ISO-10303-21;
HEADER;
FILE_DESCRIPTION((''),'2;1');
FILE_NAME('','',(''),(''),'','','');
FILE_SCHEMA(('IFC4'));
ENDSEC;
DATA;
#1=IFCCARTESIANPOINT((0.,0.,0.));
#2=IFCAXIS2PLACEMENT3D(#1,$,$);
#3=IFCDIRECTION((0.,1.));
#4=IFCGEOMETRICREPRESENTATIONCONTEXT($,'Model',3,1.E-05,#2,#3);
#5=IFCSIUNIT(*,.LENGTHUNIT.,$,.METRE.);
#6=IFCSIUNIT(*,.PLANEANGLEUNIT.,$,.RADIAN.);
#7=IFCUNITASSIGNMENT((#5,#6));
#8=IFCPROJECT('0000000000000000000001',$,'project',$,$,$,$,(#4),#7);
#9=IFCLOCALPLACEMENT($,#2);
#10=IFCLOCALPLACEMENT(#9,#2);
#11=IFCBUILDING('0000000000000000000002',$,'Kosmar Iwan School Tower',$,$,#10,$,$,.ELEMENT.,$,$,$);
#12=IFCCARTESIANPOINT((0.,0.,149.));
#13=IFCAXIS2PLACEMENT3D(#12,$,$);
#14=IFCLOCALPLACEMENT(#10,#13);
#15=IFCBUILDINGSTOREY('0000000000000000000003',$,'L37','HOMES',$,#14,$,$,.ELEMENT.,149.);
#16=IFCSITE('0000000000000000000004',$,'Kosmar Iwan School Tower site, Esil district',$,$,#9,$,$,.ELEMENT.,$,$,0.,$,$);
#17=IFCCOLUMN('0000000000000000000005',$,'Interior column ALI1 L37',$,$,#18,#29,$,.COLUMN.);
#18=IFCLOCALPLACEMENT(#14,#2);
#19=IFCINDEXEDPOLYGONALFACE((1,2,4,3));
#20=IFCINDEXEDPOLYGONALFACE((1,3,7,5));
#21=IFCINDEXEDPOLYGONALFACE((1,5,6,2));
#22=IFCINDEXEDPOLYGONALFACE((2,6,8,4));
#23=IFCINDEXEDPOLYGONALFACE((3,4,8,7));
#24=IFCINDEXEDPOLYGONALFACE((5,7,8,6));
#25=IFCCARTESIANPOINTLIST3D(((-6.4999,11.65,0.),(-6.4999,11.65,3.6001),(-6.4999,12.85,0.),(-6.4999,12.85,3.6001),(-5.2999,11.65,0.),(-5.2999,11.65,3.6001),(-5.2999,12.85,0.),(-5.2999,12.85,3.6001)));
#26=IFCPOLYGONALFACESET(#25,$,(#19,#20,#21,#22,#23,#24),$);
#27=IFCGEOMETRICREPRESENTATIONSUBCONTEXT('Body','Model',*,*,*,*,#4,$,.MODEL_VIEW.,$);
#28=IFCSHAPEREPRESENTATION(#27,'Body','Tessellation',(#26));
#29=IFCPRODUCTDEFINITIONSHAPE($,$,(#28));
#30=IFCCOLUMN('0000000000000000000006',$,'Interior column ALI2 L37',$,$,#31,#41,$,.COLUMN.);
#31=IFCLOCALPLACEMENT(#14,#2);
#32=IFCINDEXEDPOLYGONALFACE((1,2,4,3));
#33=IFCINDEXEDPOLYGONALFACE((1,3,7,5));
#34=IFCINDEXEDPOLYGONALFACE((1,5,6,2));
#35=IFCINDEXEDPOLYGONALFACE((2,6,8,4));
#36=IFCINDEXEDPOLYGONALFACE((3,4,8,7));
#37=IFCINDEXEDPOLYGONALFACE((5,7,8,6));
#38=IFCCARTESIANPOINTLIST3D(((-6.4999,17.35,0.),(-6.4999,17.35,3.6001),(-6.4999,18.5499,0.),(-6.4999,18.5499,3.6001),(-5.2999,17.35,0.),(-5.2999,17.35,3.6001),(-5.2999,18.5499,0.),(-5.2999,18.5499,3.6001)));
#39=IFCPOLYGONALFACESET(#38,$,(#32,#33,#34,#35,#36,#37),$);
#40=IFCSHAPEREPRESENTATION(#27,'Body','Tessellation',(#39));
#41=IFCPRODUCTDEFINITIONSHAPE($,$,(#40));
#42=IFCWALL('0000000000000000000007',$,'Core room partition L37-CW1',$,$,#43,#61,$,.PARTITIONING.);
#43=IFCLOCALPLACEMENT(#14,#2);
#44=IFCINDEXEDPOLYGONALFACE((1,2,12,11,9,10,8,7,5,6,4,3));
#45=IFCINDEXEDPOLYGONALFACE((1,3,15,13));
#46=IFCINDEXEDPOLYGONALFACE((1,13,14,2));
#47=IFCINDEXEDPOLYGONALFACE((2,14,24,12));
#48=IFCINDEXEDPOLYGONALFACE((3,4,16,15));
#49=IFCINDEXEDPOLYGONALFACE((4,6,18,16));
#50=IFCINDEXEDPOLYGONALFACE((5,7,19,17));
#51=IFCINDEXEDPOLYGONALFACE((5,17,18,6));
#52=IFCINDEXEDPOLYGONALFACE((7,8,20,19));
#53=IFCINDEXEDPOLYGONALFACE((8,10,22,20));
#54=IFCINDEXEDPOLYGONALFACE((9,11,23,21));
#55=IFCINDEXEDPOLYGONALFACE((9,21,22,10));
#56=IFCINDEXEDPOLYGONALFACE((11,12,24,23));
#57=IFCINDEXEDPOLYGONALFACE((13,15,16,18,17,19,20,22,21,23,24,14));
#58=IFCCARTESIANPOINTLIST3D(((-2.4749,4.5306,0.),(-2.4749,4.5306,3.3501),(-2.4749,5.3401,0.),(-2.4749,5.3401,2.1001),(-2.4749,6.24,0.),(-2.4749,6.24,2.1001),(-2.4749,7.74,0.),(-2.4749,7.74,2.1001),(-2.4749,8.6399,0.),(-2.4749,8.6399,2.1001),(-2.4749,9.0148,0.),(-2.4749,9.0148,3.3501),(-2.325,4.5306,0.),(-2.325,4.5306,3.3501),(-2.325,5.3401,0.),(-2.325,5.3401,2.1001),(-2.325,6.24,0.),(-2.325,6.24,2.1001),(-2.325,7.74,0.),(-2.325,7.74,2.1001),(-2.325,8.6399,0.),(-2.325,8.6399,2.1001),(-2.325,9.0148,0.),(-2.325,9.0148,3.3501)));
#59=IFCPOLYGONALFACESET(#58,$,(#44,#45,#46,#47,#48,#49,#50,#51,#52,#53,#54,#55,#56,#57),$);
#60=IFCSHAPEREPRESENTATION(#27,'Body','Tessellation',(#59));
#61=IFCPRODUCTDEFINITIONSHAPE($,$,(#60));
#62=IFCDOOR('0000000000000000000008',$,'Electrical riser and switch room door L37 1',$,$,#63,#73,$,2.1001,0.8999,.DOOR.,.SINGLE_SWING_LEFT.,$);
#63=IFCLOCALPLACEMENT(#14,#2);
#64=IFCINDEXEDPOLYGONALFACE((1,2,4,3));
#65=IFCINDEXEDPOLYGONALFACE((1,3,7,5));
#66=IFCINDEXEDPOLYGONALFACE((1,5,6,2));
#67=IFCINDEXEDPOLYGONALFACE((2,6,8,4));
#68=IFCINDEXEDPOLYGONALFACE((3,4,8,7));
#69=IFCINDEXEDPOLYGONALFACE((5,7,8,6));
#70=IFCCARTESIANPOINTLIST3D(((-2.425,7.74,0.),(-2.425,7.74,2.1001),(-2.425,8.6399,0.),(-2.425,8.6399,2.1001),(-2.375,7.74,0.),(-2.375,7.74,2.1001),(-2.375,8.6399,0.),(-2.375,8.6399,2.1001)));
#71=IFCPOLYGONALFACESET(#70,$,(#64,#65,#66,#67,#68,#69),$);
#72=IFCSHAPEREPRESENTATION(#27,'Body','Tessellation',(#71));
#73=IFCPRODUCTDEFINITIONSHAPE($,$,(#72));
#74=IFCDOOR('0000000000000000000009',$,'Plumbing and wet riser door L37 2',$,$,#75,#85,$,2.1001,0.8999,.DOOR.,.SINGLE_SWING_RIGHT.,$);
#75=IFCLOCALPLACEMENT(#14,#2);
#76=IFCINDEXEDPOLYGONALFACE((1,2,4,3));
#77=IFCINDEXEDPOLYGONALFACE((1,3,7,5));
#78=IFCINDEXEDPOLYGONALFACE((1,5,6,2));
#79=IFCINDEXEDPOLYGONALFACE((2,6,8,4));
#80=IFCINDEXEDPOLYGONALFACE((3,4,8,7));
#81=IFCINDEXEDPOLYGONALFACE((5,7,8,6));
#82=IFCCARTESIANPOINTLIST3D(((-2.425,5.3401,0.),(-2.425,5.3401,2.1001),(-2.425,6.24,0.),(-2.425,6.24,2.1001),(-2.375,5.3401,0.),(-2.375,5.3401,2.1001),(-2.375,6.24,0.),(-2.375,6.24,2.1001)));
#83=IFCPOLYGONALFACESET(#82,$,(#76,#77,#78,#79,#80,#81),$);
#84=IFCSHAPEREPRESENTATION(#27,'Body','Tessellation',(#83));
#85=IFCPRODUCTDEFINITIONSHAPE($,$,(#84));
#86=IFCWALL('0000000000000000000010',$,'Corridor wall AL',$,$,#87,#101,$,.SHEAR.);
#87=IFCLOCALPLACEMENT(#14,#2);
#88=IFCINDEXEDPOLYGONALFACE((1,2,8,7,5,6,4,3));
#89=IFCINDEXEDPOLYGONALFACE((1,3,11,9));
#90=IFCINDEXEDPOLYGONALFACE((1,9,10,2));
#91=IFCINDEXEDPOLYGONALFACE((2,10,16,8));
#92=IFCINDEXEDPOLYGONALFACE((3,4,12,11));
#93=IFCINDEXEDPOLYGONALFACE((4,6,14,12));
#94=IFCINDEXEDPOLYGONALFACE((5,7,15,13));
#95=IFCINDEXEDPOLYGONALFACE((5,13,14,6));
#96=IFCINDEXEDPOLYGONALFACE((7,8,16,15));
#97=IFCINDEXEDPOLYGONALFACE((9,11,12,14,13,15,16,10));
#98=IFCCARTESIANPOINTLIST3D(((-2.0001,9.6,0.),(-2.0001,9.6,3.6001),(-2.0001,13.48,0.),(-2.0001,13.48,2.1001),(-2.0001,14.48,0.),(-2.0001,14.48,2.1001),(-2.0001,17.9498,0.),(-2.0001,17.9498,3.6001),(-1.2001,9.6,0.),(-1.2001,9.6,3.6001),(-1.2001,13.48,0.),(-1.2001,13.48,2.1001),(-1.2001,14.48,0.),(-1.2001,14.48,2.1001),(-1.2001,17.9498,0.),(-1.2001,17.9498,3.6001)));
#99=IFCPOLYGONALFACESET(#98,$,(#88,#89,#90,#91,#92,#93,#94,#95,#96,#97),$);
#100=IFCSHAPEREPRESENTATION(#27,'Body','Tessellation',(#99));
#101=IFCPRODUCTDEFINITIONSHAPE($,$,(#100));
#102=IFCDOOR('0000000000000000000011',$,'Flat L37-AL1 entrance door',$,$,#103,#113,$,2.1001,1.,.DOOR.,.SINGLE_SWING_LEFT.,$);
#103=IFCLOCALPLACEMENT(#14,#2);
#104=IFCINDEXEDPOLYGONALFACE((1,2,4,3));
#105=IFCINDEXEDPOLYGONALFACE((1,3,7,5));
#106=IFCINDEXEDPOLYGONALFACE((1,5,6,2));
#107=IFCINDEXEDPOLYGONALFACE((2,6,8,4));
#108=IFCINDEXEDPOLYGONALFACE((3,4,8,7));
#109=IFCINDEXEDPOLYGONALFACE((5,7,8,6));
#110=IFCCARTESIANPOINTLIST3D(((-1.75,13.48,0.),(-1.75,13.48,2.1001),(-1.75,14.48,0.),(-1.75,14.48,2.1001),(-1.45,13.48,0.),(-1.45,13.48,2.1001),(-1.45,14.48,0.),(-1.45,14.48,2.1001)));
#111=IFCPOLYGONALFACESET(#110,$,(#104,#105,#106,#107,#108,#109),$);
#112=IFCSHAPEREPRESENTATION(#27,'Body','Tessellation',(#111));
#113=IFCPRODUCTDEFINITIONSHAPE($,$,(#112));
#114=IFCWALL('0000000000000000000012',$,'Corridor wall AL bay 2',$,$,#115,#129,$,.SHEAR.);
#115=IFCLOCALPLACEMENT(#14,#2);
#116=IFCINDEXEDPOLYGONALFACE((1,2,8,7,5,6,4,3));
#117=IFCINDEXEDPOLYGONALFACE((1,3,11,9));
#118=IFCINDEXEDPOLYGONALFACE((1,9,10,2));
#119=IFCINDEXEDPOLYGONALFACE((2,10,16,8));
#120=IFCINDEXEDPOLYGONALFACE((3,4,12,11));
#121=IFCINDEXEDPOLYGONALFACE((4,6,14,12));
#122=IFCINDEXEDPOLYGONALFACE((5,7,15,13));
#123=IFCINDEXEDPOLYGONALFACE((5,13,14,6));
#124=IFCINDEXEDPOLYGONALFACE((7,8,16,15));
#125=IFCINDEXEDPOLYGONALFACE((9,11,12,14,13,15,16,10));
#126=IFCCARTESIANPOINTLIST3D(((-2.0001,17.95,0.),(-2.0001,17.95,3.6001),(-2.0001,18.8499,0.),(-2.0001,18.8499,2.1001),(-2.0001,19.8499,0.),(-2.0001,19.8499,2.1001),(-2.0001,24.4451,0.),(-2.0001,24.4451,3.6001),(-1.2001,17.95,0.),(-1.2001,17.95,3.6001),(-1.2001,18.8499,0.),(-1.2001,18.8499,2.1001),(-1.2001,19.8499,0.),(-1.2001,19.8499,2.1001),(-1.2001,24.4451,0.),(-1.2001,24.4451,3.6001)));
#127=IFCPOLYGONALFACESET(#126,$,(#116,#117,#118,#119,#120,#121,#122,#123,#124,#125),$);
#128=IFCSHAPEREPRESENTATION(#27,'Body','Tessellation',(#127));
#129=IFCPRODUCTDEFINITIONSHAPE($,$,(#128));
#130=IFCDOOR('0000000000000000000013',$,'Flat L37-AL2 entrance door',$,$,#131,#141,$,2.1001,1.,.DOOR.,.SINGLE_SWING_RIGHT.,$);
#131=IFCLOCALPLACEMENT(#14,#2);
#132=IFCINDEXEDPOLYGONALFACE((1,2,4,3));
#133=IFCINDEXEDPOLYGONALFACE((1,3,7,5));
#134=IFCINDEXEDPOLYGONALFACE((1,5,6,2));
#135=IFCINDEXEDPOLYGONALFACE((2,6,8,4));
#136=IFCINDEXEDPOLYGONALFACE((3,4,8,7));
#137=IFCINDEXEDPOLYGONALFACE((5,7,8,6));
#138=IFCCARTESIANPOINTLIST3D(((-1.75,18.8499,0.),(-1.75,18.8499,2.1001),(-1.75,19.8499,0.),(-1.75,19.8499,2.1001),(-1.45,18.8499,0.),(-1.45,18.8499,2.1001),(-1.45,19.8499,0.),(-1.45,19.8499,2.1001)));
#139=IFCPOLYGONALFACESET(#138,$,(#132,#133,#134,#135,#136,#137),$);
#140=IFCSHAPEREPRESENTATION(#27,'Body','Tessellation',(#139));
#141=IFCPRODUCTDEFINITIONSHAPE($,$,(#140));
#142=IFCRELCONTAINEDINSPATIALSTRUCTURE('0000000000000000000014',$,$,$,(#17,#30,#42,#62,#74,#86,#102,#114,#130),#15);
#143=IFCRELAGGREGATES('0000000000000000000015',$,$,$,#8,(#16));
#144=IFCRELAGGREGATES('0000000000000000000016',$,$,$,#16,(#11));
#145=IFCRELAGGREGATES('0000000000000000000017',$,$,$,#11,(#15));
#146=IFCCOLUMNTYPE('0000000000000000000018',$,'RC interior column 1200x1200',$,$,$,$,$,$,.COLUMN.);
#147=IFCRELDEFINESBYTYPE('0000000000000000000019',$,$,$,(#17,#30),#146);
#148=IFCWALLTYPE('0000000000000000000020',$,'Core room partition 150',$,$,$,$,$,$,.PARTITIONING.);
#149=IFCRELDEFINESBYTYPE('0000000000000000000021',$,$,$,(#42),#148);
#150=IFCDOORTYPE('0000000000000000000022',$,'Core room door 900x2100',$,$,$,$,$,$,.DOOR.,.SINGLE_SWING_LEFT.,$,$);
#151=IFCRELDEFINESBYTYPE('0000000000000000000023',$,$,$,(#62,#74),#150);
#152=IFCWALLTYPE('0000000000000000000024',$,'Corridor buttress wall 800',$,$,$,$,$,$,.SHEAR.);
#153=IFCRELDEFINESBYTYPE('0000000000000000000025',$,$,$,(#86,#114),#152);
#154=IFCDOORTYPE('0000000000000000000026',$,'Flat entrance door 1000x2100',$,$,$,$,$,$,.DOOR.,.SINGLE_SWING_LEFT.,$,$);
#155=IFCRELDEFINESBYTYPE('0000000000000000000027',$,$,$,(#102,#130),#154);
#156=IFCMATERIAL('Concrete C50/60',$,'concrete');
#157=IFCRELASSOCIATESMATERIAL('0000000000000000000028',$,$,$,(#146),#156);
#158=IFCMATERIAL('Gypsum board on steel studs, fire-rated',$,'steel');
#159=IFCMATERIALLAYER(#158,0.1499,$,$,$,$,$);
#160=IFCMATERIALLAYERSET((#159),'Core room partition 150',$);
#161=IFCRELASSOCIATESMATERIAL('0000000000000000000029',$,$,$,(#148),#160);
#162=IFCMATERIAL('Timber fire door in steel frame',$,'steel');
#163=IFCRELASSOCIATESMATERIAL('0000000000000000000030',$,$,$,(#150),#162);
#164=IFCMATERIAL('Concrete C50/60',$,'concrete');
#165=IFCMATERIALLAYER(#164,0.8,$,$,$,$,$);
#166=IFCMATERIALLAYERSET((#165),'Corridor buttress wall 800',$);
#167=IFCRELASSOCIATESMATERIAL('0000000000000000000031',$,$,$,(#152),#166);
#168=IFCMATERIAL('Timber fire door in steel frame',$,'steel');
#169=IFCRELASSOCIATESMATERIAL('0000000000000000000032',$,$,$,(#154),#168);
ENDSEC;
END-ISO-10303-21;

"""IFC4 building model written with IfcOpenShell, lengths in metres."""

from ifc_helpers import new_model, si_unit, direction, frame, frame_2d, origin, origin_2d, place, context, subcontext, project, spatial, rectangle, extrude, material, layer, layer_set, material_profile, profile_set, type_object, element, fill, save


model = new_model("IFC4")

# Units and contexts
model_context = context("Model", 3, precision=1e-05, world=origin(), true_north=direction((0.0, 1.0)))
body_context = subcontext(model_context, "Body", "Model", "MODEL_VIEW")
ifc_project = project(units=[si_unit("LENGTHUNIT", "METRE"), si_unit("PLANEANGLEUNIT", "RADIAN")], contexts=[model_context])

# Site, building, storey
site_placement = place(None, origin())
site = spatial("IfcSite", under=ifc_project, at=site_placement, Name="Kosmar Iwan School Tower site, Esil district", CompositionType="ELEMENT", RefElevation=0.0)
building_placement = place(site_placement, origin())
building = spatial("IfcBuilding", under=site, at=building_placement, Name="Kosmar Iwan School Tower", CompositionType="ELEMENT")
storey_placement = place(building_placement, frame((0.0, 0.0, 149.0)))
storey = spatial("IfcBuildingStorey", under=building, at=storey_placement, Name="L37", Description="HOMES", CompositionType="ELEMENT", Elevation=149.0)

# Columns
ifc_material_1 = material(Name="Concrete C50/60", Category="concrete")
ifc_material_profile = material_profile(ifc_material_1, rectangle(XDim=1.2, YDim=1.2, at=origin_2d()), Name="RC 1200x1200")
ifc_profile_set = profile_set([ifc_material_profile], Name="Concrete C50/60")
column_type = type_object("IfcColumnType", Name="RC interior column 1200x1200", PredefinedType="COLUMN", material=ifc_profile_set)
for number, where, z_axis, x_axis, name in (
    (1, (-5.8999, 12.25, 0.0), (0.0, 0.0, 1.0), (0.0, 1.0, 0.0), "Interior column ALI1 L37"),
    (2, (-5.8999, 17.95, 0.0), (0.0, 0.0, 1.0), (0.0, 1.0, 0.0), "Interior column ALI2 L37"),
):
    element("IfcColumn", number, at=place(storey_placement, frame(where, z_axis=z_axis, x_axis=x_axis)), inside=storey, type_object=column_type, Name=name, PredefinedType="COLUMN", context=body_context, shape_type="SweptSolid", body=[
        extrude(rectangle(XDim=1.2, YDim=1.2, at=origin_2d()), origin(), (0.0, 0.0, 1.0), 3.6001),
    ])

# Wall, openings, doors
ifc_material_2 = material(Name="Gypsum board on steel studs, fire-rated", Category="steel")
ifc_layer_1 = layer(ifc_material_2, 0.1499)
ifc_layer_set_1 = layer_set([ifc_layer_1], Name="Core room partition 150")
wall_type_1 = type_object("IfcWallType", Name="Core room partition 150", PredefinedType="PARTITIONING", material=ifc_layer_set_1)
wall_1_placement = place(storey_placement, frame((-2.3999, 9.0149, 0.0), z_axis=(0.0, 0.0, 1.0), x_axis=(0.0, -1.0, 0.0)))
wall_1 = element("IfcWall", 3, at=wall_1_placement, inside=storey, type_object=wall_type_1, Name="Core room partition L37-CW1", PredefinedType="PARTITIONING", context=body_context, shape_type="SweptSolid", body=[
    extrude(rectangle(XDim=4.4841, YDim=0.1499, at=frame_2d((2.2422, 0.0))), origin(), (0.0, 0.0, 1.0), 3.3501),
])
opening_1_placement = place(wall_1_placement, frame((0.375, 0.0, 0.0)))
opening_1 = element("IfcOpeningElement", 4, at=opening_1_placement, cuts=wall_1, PredefinedType="OPENING", context=body_context, shape_type="SweptSolid", body=[
    extrude(rectangle(XDim=0.8999, YDim=2.1001, at=frame_2d((0.45, 1.05))), frame((0.0, 0.0869, 0.0), z_axis=(0.0, -1.0, 0.0), x_axis=(1.0, 0.0, 0.0)), (0.0, 0.0, 1.0), 0.1738),
])
opening_2_placement = place(wall_1_placement, frame((2.7749, 0.0, 0.0)))
opening_2 = element("IfcOpeningElement", 5, at=opening_2_placement, cuts=wall_1, PredefinedType="OPENING", context=body_context, shape_type="SweptSolid", body=[
    extrude(rectangle(XDim=0.8999, YDim=2.1001, at=frame_2d((0.45, 1.05))), frame((0.0, 0.0869, 0.0), z_axis=(0.0, -1.0, 0.0), x_axis=(1.0, 0.0, 0.0)), (0.0, 0.0, 1.0), 0.1738),
])
ifc_material_3 = material(Name="Timber fire door in steel frame", Category="steel")
door_type_1 = type_object("IfcDoorType", Name="Core room door 900x2100", OperationType="SINGLE_SWING_LEFT", PredefinedType="DOOR", material=ifc_material_3)
door_1_placement = place(opening_1_placement, origin())
door_1 = element("IfcDoor", 6, at=door_1_placement, inside=storey, type_object=door_type_1, Name="Electrical riser and switch room door L37 1", OperationType="SINGLE_SWING_LEFT", OverallHeight=2.1001, OverallWidth=0.8999, PredefinedType="DOOR", context=body_context, shape_type="SweptSolid", body=[
    extrude(rectangle(XDim=0.8999, YDim=2.1001, at=frame_2d((0.45, 1.05))), frame((0.0, 0.0249, 0.0), z_axis=(0.0, -1.0, 0.0), x_axis=(1.0, 0.0, 0.0)), (0.0, 0.0, 1.0), 0.05),
])
fill(opening_1, door_1)
door_2_placement = place(opening_2_placement, origin())
door_2 = element("IfcDoor", 7, at=door_2_placement, inside=storey, type_object=door_type_1, Name="Plumbing and wet riser door L37 2", OperationType="SINGLE_SWING_RIGHT", OverallHeight=2.1001, OverallWidth=0.8999, PredefinedType="DOOR", context=body_context, shape_type="SweptSolid", body=[
    extrude(rectangle(XDim=0.8999, YDim=2.1001, at=frame_2d((0.45, 1.05))), frame((0.0, 0.0249, 0.0), z_axis=(0.0, -1.0, 0.0), x_axis=(1.0, 0.0, 0.0)), (0.0, 0.0, 1.0), 0.05),
])
fill(opening_2, door_2)

# Walls, openings, doors
ifc_material_4 = material(Name="Concrete C50/60", Category="concrete")
ifc_layer_2 = layer(ifc_material_4, 0.8)
ifc_layer_set_2 = layer_set([ifc_layer_2], Name="Corridor buttress wall 800")
wall_type_2 = type_object("IfcWallType", Name="Corridor buttress wall 800", PredefinedType="SHEAR", material=ifc_layer_set_2)
wall_2_placement = place(storey_placement, frame((-1.6001, 9.6001, 0.0), z_axis=(0.0, 0.0, 1.0), x_axis=(0.0, 1.0, 0.0)))
wall_2 = element("IfcWall", 8, at=wall_2_placement, inside=storey, type_object=wall_type_2, Name="Corridor wall AL", PredefinedType="SHEAR", context=body_context, shape_type="SweptSolid", body=[
    extrude(rectangle(XDim=8.3499, YDim=0.8, at=frame_2d((4.1748, 0.0))), origin(), (0.0, 0.0, 1.0), 3.6001),
])
opening_3_placement = place(wall_2_placement, frame((3.8799, 0.0, 0.0)))
opening_3 = element("IfcOpeningElement", 9, at=opening_3_placement, cuts=wall_2, PredefinedType="OPENING", context=body_context, shape_type="SweptSolid", body=[
    extrude(rectangle(XDim=1.0, YDim=2.1001, at=frame_2d((0.5, 1.05))), frame((0.0, 0.4121, 0.0), z_axis=(0.0, -1.0, 0.0), x_axis=(1.0, 0.0, 0.0)), (0.0, 0.0, 1.0), 0.824),
])
ifc_material_5 = material(Name="Timber fire door in steel frame", Category="steel")
door_type_2 = type_object("IfcDoorType", Name="Flat entrance door 1000x2100", OperationType="SINGLE_SWING_LEFT", PredefinedType="DOOR", material=ifc_material_5)
door_3_placement = place(opening_3_placement, origin())
door_3 = element("IfcDoor", 10, at=door_3_placement, inside=storey, type_object=door_type_2, Name="Flat L37-AL1 entrance door", OperationType="SINGLE_SWING_LEFT", OverallHeight=2.1001, OverallWidth=1.0, PredefinedType="DOOR", context=body_context, shape_type="SweptSolid", body=[
    extrude(rectangle(XDim=1.0, YDim=2.1001, at=frame_2d((0.5, 1.05))), frame((0.0, 0.1499, 0.0), z_axis=(0.0, -1.0, 0.0), x_axis=(1.0, 0.0, 0.0)), (0.0, 0.0, 1.0), 0.3),
])
fill(opening_3, door_3)
wall_3_placement = place(storey_placement, frame((-1.6001, 17.95, 0.0), z_axis=(0.0, 0.0, 1.0), x_axis=(0.0, 1.0, 0.0)))
wall_3 = element("IfcWall", 11, at=wall_3_placement, inside=storey, type_object=wall_type_2, Name="Corridor wall AL bay 2", PredefinedType="SHEAR", context=body_context, shape_type="SweptSolid", body=[
    extrude(rectangle(XDim=6.4951, YDim=0.8, at=frame_2d((3.2476, 0.0))), origin(), (0.0, 0.0, 1.0), 3.6001),
])
opening_4_placement = place(wall_3_placement, frame((0.8999, 0.0, 0.0)))
opening_4 = element("IfcOpeningElement", 12, at=opening_4_placement, cuts=wall_3, PredefinedType="OPENING", context=body_context, shape_type="SweptSolid", body=[
    extrude(rectangle(XDim=1.0, YDim=2.1001, at=frame_2d((0.5, 1.05))), frame((0.0, 0.4121, 0.0), z_axis=(0.0, -1.0, 0.0), x_axis=(1.0, 0.0, 0.0)), (0.0, 0.0, 1.0), 0.824),
])
door_4_placement = place(opening_4_placement, origin())
door_4 = element("IfcDoor", 13, at=door_4_placement, inside=storey, type_object=door_type_2, Name="Flat L37-AL2 entrance door", OperationType="SINGLE_SWING_RIGHT", OverallHeight=2.1001, OverallWidth=1.0, PredefinedType="DOOR", context=body_context, shape_type="SweptSolid", body=[
    extrude(rectangle(XDim=1.0, YDim=2.1001, at=frame_2d((0.5, 1.05))), frame((0.0, 0.1499, 0.0), z_axis=(0.0, -1.0, 0.0), x_axis=(1.0, 0.0, 0.0)), (0.0, 0.0, 1.0), 0.3),
])
fill(opening_4, door_4)

save(model, "model.ifc")
